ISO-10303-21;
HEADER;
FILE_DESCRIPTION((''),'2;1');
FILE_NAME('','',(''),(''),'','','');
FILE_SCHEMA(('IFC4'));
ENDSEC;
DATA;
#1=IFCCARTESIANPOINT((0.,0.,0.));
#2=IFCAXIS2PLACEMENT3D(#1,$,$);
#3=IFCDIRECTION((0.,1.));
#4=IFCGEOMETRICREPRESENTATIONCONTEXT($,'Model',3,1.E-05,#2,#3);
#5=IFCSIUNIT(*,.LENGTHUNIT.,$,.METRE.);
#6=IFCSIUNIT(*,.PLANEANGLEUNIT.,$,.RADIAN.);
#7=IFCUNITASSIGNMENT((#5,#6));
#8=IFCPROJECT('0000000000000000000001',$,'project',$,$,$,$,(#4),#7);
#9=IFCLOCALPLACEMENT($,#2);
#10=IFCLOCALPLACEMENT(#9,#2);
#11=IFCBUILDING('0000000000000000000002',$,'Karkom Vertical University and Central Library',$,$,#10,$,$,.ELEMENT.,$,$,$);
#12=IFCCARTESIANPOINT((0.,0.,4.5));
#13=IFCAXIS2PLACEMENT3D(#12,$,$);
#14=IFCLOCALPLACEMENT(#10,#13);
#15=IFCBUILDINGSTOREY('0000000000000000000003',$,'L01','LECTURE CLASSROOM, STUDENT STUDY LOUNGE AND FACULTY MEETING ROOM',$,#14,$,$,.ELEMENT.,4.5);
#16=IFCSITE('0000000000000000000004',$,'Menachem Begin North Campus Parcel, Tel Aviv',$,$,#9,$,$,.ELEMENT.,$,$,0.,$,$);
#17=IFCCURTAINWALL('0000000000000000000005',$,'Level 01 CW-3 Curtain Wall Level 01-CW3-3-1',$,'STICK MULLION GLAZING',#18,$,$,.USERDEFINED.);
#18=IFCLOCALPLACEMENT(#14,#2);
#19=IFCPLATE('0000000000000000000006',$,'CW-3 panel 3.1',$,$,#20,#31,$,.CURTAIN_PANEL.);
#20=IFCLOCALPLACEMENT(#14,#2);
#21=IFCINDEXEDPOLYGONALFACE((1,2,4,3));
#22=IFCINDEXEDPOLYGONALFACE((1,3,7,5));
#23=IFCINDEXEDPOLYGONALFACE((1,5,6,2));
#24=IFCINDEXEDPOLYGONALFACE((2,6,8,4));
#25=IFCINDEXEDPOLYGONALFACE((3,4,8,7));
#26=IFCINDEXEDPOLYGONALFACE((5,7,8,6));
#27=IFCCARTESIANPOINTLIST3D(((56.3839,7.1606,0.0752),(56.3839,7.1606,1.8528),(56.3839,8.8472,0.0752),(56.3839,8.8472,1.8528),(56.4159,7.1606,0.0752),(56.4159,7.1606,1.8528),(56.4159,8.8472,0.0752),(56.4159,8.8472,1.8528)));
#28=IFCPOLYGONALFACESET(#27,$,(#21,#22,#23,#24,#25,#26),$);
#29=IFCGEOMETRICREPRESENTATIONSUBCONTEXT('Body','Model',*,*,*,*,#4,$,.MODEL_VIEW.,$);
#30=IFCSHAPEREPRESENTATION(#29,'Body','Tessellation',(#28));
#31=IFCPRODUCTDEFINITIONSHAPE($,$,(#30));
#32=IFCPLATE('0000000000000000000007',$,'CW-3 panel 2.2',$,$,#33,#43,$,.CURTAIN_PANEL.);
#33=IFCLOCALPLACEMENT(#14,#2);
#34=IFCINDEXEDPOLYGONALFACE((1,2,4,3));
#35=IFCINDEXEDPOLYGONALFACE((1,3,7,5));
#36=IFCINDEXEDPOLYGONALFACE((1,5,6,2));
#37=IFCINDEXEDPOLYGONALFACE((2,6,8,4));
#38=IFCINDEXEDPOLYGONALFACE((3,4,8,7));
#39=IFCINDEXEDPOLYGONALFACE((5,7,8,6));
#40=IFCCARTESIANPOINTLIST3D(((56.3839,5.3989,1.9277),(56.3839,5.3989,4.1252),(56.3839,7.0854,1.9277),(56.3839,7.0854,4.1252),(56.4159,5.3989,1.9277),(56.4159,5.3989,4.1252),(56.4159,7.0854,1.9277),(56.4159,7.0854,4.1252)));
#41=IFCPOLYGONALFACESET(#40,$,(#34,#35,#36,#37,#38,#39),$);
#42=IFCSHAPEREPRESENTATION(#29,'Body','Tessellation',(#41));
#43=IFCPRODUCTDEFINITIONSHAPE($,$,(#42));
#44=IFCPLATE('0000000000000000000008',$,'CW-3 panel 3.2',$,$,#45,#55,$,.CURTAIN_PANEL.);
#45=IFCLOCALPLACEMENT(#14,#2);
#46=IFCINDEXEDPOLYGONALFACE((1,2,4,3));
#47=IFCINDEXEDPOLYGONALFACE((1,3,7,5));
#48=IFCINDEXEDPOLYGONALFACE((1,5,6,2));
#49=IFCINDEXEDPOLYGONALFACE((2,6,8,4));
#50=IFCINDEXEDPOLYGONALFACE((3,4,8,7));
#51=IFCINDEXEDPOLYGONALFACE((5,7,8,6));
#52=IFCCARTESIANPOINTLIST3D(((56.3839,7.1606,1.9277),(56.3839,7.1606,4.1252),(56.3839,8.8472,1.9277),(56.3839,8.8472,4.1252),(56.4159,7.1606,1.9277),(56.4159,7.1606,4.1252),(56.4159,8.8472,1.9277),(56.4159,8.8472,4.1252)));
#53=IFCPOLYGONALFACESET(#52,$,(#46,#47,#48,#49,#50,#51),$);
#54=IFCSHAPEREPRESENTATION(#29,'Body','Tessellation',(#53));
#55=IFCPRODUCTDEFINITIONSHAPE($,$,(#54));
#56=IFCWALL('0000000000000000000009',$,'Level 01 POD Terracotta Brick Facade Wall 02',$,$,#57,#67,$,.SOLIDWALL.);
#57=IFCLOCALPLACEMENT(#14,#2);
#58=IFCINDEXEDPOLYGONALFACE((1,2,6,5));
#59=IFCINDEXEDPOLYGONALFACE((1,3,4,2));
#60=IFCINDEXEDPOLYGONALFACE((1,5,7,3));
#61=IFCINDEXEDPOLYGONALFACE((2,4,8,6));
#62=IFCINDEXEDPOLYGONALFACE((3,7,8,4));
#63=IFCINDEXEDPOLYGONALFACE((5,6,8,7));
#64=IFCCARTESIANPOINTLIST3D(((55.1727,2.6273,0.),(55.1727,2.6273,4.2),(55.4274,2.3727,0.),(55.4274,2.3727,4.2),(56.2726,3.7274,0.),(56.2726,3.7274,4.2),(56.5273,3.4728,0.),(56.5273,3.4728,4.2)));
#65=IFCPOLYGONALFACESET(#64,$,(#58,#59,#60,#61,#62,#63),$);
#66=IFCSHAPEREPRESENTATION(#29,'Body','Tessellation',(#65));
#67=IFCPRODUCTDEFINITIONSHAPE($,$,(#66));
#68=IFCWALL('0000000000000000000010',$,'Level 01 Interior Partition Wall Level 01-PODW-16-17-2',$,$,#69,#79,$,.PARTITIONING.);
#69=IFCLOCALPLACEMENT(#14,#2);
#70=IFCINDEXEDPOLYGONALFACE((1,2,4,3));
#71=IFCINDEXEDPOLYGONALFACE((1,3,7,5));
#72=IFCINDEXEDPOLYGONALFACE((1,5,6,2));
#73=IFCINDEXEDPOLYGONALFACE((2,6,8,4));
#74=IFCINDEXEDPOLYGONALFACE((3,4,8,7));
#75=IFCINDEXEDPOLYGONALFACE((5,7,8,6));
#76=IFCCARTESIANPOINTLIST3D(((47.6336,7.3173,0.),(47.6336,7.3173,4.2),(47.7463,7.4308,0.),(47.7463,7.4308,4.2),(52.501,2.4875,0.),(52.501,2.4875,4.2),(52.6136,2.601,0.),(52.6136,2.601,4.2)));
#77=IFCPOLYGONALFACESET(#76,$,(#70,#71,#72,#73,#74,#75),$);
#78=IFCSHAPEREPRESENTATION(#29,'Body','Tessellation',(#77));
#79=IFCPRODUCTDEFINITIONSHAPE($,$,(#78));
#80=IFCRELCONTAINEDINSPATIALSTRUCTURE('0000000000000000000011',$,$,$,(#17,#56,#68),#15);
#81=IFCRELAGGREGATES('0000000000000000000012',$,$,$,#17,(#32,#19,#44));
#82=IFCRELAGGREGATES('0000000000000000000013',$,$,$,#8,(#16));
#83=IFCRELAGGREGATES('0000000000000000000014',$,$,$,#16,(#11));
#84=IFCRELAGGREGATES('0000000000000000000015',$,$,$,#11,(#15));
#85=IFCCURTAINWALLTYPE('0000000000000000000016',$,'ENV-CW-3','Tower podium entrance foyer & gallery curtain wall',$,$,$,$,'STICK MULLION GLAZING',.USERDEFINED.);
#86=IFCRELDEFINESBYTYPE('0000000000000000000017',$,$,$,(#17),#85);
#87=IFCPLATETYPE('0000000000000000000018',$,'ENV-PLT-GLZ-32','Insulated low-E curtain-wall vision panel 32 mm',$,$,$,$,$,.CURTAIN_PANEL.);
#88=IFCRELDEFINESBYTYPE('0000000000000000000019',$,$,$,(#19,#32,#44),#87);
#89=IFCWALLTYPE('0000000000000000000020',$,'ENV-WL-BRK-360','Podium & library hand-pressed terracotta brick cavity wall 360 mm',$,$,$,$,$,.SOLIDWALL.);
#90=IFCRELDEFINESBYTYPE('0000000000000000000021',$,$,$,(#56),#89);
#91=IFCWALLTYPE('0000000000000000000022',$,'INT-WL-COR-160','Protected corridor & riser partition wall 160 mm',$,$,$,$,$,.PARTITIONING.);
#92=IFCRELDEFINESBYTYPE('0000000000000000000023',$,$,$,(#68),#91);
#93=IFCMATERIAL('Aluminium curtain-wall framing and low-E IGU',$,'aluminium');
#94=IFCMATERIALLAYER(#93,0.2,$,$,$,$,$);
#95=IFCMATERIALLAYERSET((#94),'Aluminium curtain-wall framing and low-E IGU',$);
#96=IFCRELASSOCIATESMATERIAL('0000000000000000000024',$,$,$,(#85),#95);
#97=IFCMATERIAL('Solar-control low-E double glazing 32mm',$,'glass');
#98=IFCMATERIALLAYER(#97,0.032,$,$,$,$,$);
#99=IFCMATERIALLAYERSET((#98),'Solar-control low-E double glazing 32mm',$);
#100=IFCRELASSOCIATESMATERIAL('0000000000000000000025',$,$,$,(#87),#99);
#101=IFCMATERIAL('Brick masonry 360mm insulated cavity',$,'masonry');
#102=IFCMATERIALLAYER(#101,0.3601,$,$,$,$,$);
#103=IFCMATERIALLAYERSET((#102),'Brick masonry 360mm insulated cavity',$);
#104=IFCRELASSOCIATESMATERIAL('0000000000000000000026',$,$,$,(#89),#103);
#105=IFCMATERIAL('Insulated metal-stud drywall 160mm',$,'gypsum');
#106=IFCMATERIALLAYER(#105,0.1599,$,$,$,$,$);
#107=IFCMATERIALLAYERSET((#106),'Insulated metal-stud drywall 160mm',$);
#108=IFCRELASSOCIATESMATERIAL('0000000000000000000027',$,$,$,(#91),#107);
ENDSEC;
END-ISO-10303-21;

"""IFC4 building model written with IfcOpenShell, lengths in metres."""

from ifc_helpers import new_model, si_unit, direction, frame, frame_2d, origin, origin_with_axes, origin_2d, place, context, subcontext, project, spatial, rectangle, extrude, source, transform, mapped, material, layer, layer_set, type_object, element, aggregate, save


model = new_model("IFC4")

# Units and contexts
model_context = context("Model", 3, precision=1e-05, world=origin(), true_north=direction((0.0, 1.0)))
body_context = subcontext(model_context, "Body", "Model", "MODEL_VIEW")
ifc_project = project(units=[si_unit("LENGTHUNIT", "METRE"), si_unit("PLANEANGLEUNIT", "RADIAN")], contexts=[model_context])

# Site, building, storey
site_placement = place(None, origin())
site = spatial("IfcSite", under=ifc_project, at=site_placement, Name="Menachem Begin North Campus Parcel, Tel Aviv", CompositionType="ELEMENT", RefElevation=0.0)
building_placement = place(site_placement, origin())
building = spatial("IfcBuilding", under=site, at=building_placement, Name="Karkom Vertical University and Central Library", CompositionType="ELEMENT")
storey_placement = place(building_placement, frame((0.0, 0.0, 4.5)))
storey = spatial("IfcBuildingStorey", under=building, at=storey_placement, Name="L01", Description="LECTURE CLASSROOM, STUDENT STUDY LOUNGE AND FACULTY MEETING ROOM", CompositionType="ELEMENT", Elevation=4.5)

# Curtain wall, plates
ifc_material_1 = material(Name="Aluminium curtain-wall framing and low-E IGU", Category="aluminium")
ifc_layer_1 = layer(ifc_material_1, 0.2)
ifc_layer_set_1 = layer_set([ifc_layer_1], Name="Aluminium curtain-wall framing and low-E IGU")
curtain_wall_type = type_object("IfcCurtainWallType", Name="ENV-CW-3", Description="Tower podium entrance foyer & gallery curtain wall", ElementType="STICK MULLION GLAZING", PredefinedType="USERDEFINED", material=ifc_layer_set_1)
curtain_wall_placement = place(storey_placement, origin())
curtain_wall = element("IfcCurtainWall", 1, at=curtain_wall_placement, inside=storey, type_object=curtain_wall_type, Name="Level 01 CW-3 Curtain Wall Level 01-CW3-3-1", ObjectType="STICK MULLION GLAZING", PredefinedType="USERDEFINED")
ifc_material_2 = material(Name="Solar-control low-E double glazing 32mm", Category="glass")
ifc_layer_2 = layer(ifc_material_2, 0.032)
ifc_layer_set_2 = layer_set([ifc_layer_2], Name="Solar-control low-E double glazing 32mm")
plate_type = type_object("IfcPlateType", Name="ENV-PLT-GLZ-32", Description="Insulated low-E curtain-wall vision panel 32 mm", PredefinedType="CURTAIN_PANEL", material=ifc_layer_set_2)
shared_shape_1 = source(origin_with_axes(), body_context, "Body", "SweptSolid", [
    extrude(rectangle(XDim=1.6865, YDim=0.032, at=origin_2d()), origin(), (0.0, 0.0, 1.0), 1.7776),
])
plate_1_placement = place(storey_placement, frame((56.3999, 8.0039, 0.0752), z_axis=(0.0, 0.0, 1.0), x_axis=(0.0, 1.0, 0.0)))
plate_1 = element("IfcPlate", 2, at=plate_1_placement, type_object=plate_type, Name="CW-3 panel 3.1", PredefinedType="CURTAIN_PANEL", context=body_context, shape_type="MappedRepresentation", body=[
    mapped(shared_shape_1, transform((0.0, 0.0, 0.0), scale=1.0)),
])
shared_shape_2 = source(origin_with_axes(), body_context, "Body", "SweptSolid", [
    extrude(rectangle(XDim=1.6865, YDim=0.032, at=origin_2d()), origin(), (0.0, 0.0, 1.0), 2.1975),
])
plate_2_placement = place(storey_placement, frame((56.3999, 6.2422, 1.9277), z_axis=(0.0, 0.0, 1.0), x_axis=(0.0, 1.0, 0.0)))
plate_2 = element("IfcPlate", 3, at=plate_2_placement, type_object=plate_type, Name="CW-3 panel 2.2", PredefinedType="CURTAIN_PANEL", context=body_context, shape_type="MappedRepresentation", body=[
    mapped(shared_shape_2, transform((0.0, 0.0, 0.0), scale=1.0)),
])
plate_3_placement = place(storey_placement, frame((56.3999, 8.0039, 1.9277), z_axis=(0.0, 0.0, 1.0), x_axis=(0.0, 1.0, 0.0)))
plate_3 = element("IfcPlate", 4, at=plate_3_placement, type_object=plate_type, Name="CW-3 panel 3.2", PredefinedType="CURTAIN_PANEL", context=body_context, shape_type="MappedRepresentation", body=[
    mapped(shared_shape_2, transform((0.0, 0.0, 0.0), scale=1.0)),
])
aggregate(curtain_wall, [plate_2, plate_1, plate_3])

# Walls
ifc_material_3 = material(Name="Brick masonry 360mm insulated cavity", Category="masonry")
ifc_layer_3 = layer(ifc_material_3, 0.3601)
ifc_layer_set_3 = layer_set([ifc_layer_3], Name="Brick masonry 360mm insulated cavity")
wall_type_1 = type_object("IfcWallType", Name="ENV-WL-BRK-360", Description="Podium & library hand-pressed terracotta brick cavity wall 360 mm", PredefinedType="SOLIDWALL", material=ifc_layer_set_3)
wall_1_placement = place(storey_placement, frame((55.3, 2.5, 0.0), z_axis=(0.0, 0.0, 1.0), x_axis=(0.707028, 0.707185, 0.0)))
element("IfcWall", 5, at=wall_1_placement, inside=storey, type_object=wall_type_1, Name="Level 01 POD Terracotta Brick Facade Wall 02", PredefinedType="SOLIDWALL", context=body_context, shape_type="SweptSolid", body=[
    extrude(rectangle(XDim=1.5557, YDim=0.3601, at=frame_2d((0.7778, 0.0))), origin(), (0.0, 0.0, 1.0), 4.2),
])
ifc_material_4 = material(Name="Insulated metal-stud drywall 160mm", Category="gypsum")
ifc_layer_4 = layer(ifc_material_4, 0.1599)
ifc_layer_set_4 = layer_set([ifc_layer_4], Name="Insulated metal-stud drywall 160mm")
wall_type_2 = type_object("IfcWallType", Name="INT-WL-COR-160", Description="Protected corridor & riser partition wall 160 mm", PredefinedType="PARTITIONING", material=ifc_layer_set_4)
wall_2_placement = place(storey_placement, frame((47.6899, 7.374, 0.0), z_axis=(0.0, 0.0, 1.0), x_axis=(0.709843, -0.70436, 0.0)))
element("IfcWall", 6, at=wall_2_placement, inside=storey, type_object=wall_type_2, Name="Level 01 Interior Partition Wall Level 01-PODW-16-17-2", PredefinedType="PARTITIONING", context=body_context, shape_type="SweptSolid", body=[
    extrude(rectangle(XDim=6.8569, YDim=0.1599, at=frame_2d((3.4285, 0.0))), origin(), (0.0, 0.0, 1.0), 4.2),
])

save(model, "model.ifc")
